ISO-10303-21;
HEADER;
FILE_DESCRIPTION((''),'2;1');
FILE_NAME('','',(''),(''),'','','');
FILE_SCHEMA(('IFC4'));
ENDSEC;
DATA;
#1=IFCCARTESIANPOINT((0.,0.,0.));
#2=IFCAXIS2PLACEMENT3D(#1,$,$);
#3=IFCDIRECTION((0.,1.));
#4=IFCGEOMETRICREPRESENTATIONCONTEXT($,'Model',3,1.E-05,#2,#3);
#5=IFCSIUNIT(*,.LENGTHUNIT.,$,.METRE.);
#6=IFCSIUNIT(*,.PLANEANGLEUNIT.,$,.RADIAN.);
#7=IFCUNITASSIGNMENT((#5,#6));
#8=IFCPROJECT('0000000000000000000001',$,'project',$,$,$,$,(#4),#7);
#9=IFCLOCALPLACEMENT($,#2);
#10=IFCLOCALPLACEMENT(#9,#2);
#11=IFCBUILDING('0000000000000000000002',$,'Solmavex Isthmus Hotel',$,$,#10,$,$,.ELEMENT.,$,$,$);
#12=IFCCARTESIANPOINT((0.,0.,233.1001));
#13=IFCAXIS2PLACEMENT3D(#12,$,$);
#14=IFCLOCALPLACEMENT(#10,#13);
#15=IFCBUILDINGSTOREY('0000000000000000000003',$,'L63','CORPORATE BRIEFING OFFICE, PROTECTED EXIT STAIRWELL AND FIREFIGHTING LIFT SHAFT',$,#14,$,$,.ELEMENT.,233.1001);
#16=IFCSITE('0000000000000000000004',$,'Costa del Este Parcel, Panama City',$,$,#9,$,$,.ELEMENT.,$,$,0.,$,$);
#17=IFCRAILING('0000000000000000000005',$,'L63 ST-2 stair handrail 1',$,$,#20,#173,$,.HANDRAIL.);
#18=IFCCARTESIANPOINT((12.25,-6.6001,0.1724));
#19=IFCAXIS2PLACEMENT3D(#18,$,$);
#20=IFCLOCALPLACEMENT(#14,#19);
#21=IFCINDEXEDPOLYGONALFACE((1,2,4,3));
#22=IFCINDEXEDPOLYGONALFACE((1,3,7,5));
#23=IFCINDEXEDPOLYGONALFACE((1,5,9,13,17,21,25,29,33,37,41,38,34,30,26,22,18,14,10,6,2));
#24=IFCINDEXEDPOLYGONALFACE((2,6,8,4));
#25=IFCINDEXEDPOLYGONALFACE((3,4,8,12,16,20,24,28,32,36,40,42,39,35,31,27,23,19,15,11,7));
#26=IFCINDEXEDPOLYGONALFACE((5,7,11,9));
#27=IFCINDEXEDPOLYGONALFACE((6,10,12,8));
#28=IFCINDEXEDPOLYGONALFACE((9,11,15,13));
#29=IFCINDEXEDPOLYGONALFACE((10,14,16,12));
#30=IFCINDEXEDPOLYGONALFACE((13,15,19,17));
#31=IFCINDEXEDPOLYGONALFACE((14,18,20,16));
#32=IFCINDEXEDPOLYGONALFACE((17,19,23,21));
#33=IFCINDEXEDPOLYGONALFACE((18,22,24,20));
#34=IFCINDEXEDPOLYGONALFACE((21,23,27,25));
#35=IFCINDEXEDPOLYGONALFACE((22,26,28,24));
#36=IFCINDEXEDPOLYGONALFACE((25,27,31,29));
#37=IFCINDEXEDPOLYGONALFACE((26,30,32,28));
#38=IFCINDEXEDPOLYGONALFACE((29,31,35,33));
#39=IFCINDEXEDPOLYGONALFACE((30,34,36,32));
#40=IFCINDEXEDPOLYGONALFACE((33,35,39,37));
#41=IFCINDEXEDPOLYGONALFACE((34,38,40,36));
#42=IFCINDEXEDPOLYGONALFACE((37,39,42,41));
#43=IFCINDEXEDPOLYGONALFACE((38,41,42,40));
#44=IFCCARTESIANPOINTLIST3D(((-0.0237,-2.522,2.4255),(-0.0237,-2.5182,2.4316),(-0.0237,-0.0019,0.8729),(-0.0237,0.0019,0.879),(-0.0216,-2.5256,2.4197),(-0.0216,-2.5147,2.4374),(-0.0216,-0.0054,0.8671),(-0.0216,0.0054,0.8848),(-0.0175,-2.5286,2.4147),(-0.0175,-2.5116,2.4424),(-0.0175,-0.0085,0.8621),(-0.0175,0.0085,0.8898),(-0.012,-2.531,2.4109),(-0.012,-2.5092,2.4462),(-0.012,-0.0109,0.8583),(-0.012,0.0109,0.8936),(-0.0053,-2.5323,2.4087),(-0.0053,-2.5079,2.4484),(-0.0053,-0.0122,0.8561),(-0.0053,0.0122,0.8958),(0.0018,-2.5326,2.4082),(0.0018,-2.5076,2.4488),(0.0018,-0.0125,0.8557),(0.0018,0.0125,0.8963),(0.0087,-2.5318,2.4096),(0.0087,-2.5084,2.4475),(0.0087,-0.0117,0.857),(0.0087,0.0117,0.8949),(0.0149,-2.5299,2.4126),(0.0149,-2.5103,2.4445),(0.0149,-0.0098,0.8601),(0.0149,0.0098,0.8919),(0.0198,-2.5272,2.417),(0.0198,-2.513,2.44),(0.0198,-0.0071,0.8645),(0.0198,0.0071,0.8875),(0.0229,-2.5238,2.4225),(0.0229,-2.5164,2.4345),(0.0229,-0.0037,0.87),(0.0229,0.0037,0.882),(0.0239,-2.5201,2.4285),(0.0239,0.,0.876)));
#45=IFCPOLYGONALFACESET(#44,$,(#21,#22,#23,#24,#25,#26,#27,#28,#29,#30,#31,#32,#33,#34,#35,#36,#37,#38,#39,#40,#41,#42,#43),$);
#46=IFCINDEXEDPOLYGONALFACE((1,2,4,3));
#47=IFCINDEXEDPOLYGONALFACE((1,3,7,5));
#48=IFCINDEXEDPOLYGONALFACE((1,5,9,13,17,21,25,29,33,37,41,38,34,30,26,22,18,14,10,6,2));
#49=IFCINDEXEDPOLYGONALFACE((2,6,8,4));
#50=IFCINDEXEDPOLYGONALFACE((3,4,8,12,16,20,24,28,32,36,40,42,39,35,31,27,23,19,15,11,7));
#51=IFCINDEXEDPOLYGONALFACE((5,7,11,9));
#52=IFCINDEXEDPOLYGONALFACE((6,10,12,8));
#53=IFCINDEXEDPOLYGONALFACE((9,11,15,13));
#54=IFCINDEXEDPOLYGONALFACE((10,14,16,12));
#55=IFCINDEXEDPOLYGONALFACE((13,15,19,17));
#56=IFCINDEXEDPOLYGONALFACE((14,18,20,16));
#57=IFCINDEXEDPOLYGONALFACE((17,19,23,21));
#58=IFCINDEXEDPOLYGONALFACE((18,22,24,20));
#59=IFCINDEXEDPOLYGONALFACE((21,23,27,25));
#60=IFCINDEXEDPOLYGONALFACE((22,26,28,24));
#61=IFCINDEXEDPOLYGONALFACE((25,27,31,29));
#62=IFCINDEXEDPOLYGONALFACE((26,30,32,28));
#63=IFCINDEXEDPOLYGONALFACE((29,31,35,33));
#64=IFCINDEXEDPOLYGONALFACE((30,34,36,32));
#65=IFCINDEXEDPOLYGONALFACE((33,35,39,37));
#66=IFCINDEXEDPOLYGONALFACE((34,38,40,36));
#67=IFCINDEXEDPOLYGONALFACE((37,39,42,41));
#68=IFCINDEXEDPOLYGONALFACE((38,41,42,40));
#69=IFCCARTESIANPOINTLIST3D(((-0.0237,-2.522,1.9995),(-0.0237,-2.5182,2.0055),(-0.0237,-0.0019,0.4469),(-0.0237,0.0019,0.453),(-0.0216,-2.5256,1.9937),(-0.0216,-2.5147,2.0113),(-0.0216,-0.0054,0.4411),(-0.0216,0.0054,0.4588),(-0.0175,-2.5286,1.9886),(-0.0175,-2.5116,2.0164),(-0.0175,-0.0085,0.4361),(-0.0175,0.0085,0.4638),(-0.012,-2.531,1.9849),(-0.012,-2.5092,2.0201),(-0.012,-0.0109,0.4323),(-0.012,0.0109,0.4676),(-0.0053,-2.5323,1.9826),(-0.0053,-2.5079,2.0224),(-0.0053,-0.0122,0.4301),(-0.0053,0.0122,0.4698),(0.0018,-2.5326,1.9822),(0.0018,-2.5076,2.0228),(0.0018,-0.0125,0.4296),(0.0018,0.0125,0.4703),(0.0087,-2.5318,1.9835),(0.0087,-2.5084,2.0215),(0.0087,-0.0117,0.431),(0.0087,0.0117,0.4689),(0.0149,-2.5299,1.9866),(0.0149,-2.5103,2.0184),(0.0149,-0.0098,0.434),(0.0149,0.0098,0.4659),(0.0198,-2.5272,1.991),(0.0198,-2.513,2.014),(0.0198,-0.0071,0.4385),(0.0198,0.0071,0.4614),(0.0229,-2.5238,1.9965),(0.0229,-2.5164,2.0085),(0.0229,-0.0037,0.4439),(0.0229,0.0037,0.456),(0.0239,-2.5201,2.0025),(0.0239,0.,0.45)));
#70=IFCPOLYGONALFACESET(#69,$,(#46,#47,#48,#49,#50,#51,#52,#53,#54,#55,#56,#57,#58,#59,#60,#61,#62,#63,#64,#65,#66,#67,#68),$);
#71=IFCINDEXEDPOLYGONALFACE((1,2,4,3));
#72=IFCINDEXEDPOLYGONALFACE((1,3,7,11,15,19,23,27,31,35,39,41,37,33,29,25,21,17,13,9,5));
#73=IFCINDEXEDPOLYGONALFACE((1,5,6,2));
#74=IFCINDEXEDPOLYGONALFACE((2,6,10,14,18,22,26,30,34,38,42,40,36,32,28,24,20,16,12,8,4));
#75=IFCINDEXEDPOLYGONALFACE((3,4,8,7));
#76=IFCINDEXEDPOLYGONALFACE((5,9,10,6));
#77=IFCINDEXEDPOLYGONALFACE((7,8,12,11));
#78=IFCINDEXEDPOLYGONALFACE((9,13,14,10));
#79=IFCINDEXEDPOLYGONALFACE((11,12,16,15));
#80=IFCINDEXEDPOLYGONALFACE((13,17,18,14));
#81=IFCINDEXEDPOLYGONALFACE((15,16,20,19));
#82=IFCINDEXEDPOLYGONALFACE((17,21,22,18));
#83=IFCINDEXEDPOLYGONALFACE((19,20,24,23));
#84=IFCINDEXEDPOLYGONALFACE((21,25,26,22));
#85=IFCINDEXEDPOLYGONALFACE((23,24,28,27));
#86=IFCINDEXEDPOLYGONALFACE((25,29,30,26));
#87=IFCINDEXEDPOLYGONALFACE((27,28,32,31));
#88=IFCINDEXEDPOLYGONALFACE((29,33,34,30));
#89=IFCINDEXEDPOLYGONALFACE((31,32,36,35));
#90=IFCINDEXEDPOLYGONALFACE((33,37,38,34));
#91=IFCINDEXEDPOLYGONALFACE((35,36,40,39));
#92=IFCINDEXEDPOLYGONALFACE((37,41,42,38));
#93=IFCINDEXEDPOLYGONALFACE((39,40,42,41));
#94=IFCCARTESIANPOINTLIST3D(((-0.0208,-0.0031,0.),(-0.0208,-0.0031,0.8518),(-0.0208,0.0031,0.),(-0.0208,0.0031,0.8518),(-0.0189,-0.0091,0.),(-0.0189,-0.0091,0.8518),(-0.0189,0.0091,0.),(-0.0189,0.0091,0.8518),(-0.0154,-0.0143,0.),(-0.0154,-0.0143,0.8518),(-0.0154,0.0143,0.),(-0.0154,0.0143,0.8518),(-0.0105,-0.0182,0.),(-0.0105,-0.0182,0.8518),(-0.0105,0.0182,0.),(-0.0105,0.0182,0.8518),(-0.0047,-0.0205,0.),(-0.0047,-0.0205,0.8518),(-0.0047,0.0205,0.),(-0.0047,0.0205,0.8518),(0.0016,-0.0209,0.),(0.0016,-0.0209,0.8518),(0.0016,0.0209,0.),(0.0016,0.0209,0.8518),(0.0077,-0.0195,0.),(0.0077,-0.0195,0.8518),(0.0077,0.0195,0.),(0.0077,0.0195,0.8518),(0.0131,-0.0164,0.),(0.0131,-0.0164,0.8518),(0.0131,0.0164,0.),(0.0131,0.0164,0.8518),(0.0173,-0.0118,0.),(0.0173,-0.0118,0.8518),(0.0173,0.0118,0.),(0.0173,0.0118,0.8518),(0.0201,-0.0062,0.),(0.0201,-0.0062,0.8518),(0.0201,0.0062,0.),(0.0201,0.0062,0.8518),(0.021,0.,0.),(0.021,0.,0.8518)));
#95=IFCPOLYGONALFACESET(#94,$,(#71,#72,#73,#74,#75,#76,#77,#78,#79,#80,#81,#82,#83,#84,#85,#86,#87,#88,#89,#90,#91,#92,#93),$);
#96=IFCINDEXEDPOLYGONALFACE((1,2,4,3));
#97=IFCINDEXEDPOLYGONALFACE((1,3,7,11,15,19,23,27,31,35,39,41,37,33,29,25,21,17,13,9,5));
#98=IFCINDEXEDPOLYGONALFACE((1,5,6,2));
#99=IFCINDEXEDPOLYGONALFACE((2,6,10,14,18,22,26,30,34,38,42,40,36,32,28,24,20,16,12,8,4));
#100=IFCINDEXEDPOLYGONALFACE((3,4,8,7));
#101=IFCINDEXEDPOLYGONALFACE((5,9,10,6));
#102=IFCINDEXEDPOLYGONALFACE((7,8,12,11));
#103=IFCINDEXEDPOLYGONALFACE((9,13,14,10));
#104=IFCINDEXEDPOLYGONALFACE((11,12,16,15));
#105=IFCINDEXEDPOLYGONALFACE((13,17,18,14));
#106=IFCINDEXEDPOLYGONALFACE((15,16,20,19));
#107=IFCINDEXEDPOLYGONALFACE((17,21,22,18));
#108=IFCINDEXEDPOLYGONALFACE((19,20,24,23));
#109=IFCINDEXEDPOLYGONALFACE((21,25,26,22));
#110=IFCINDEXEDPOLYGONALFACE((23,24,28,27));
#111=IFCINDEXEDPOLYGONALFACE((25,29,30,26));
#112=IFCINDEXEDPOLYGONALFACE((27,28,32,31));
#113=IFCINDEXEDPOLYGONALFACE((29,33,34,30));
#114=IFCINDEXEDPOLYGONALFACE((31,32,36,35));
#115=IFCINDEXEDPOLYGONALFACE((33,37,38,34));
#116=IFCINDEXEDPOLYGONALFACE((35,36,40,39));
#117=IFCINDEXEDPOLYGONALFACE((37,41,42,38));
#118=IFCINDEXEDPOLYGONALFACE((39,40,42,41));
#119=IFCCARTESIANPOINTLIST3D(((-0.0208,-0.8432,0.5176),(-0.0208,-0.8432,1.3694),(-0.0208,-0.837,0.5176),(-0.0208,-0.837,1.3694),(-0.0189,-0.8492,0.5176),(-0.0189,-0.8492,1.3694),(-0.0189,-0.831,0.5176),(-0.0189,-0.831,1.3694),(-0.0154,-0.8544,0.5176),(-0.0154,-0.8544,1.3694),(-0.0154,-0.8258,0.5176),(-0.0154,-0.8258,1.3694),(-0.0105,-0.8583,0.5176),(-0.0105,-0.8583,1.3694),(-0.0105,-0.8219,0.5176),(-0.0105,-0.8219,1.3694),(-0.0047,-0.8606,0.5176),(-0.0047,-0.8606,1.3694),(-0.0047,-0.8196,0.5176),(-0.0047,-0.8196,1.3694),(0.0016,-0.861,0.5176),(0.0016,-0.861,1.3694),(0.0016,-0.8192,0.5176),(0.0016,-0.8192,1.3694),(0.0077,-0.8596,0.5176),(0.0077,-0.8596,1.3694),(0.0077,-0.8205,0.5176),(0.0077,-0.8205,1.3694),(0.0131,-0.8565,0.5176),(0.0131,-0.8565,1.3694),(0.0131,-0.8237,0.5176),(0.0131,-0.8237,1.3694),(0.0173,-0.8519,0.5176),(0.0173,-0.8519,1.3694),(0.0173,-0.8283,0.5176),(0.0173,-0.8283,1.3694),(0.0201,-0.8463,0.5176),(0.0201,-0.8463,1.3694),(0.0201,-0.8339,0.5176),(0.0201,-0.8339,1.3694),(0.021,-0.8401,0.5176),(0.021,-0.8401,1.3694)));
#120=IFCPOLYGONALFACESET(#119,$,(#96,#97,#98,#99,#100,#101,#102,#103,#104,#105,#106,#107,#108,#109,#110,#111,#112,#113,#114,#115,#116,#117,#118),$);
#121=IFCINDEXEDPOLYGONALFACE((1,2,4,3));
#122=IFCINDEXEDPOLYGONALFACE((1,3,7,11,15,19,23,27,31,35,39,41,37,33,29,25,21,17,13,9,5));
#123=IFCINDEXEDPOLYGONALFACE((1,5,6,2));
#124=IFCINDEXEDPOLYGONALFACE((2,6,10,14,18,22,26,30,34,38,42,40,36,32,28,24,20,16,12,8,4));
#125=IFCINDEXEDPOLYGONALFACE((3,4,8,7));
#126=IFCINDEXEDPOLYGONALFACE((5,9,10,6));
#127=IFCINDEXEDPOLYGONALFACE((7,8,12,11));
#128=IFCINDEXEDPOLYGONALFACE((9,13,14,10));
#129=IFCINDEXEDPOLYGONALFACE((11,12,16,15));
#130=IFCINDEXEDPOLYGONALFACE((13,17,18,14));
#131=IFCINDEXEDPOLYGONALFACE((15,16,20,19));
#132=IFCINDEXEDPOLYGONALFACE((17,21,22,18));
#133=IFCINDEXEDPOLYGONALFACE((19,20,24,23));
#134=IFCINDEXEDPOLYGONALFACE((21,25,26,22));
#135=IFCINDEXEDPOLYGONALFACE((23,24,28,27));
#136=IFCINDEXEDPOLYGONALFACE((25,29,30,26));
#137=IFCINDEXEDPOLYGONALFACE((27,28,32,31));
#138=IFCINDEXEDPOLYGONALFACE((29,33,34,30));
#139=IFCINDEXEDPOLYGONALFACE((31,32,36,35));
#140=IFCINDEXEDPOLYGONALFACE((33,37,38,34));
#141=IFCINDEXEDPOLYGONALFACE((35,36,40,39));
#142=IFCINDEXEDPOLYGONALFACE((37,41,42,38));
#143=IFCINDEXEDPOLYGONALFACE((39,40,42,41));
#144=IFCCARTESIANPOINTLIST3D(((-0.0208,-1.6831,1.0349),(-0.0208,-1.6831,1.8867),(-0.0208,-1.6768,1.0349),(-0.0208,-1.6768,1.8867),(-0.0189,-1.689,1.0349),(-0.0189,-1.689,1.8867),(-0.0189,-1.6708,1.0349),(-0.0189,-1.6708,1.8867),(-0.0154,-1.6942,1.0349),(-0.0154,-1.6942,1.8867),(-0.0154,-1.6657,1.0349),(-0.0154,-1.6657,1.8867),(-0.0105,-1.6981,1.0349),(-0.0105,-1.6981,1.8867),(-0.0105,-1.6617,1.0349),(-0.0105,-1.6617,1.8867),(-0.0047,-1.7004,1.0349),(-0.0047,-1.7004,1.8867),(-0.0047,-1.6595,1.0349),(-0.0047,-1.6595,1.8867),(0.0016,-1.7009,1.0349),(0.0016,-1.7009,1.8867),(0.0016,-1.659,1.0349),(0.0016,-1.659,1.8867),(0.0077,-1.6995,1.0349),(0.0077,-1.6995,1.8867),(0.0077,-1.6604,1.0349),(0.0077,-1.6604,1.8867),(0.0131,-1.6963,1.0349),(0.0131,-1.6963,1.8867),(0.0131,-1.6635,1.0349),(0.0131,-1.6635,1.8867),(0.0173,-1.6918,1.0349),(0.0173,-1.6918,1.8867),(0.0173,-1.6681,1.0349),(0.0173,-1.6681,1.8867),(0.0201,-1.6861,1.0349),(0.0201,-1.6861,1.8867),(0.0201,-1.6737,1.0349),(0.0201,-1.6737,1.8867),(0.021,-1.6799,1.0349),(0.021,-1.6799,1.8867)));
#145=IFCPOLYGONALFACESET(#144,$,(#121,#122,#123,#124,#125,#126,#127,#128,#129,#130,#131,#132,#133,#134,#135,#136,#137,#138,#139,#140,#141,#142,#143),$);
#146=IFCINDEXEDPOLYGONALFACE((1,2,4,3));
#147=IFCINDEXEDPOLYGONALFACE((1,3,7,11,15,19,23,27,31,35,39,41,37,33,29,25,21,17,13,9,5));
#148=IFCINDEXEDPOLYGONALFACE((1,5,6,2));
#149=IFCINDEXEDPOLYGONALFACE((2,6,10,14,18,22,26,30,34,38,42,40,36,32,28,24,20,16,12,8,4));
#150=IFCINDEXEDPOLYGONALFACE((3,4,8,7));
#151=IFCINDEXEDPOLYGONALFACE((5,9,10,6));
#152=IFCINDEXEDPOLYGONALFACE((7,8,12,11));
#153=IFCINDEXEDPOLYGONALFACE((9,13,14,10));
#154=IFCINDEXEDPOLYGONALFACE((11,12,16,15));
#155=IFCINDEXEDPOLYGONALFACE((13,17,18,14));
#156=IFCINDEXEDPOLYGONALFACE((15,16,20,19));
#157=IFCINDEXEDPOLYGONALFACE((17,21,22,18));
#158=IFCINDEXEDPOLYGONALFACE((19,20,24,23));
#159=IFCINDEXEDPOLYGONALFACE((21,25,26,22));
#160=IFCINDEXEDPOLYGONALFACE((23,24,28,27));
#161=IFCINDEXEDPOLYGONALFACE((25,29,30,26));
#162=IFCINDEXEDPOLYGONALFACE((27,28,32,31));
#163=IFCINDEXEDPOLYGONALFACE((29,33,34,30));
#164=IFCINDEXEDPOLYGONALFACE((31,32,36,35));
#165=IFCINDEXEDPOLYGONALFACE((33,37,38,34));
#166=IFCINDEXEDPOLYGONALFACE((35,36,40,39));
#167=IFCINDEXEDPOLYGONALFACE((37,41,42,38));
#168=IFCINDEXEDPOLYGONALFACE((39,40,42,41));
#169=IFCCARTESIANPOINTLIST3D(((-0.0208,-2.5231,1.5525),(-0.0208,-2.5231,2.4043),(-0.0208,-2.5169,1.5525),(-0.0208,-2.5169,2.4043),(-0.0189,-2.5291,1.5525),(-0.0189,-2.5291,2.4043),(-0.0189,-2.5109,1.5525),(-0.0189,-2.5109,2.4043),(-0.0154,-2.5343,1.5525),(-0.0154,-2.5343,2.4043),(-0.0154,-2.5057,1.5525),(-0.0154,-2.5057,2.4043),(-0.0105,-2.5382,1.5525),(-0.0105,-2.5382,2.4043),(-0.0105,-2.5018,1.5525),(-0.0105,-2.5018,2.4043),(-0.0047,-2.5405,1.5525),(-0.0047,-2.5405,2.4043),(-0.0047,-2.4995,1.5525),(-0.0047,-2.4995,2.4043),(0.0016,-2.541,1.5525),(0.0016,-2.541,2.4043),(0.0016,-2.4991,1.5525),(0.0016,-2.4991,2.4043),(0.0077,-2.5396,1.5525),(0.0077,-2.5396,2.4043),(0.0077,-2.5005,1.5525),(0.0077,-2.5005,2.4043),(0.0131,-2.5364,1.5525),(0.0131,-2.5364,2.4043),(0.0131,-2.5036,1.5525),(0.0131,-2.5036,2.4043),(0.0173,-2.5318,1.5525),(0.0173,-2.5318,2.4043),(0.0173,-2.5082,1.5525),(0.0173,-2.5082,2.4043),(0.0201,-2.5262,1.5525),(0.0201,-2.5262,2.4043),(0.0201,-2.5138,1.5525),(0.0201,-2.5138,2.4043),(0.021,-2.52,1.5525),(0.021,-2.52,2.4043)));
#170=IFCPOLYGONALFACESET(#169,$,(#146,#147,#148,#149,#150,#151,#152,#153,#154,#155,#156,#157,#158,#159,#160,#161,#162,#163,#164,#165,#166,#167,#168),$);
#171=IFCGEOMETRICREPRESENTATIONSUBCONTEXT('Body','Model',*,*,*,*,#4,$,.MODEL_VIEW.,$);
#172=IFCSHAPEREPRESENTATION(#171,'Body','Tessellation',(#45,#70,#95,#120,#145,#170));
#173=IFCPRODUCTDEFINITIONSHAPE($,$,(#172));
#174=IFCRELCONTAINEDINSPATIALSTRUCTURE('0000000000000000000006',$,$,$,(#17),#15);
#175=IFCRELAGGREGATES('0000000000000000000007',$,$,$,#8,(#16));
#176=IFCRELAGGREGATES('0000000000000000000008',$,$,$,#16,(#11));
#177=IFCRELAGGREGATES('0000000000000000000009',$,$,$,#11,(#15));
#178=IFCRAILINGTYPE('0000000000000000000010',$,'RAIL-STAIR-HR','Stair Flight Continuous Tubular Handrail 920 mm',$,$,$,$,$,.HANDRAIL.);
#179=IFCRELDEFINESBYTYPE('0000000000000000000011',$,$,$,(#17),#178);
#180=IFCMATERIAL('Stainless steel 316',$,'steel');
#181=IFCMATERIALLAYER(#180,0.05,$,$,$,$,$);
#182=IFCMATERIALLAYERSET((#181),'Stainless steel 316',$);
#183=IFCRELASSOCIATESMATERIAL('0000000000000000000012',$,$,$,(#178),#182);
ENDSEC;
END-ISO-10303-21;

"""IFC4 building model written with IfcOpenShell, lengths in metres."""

from ifc_helpers import new_model, si_unit, direction, frame, origin, origin_2d, place, context, subcontext, project, spatial, circle, extrude, material, layer, layer_set, type_object, element, save


model = new_model("IFC4")

# Units and contexts
model_context = context("Model", 3, precision=1e-05, world=origin(), true_north=direction((0.0, 1.0)))
body_context = subcontext(model_context, "Body", "Model", "MODEL_VIEW")
ifc_project = project(units=[si_unit("LENGTHUNIT", "METRE"), si_unit("PLANEANGLEUNIT", "RADIAN")], contexts=[model_context])

# Site, building, storey
site_placement = place(None, origin())
site = spatial("IfcSite", under=ifc_project, at=site_placement, Name="Costa del Este Parcel, Panama City", CompositionType="ELEMENT", RefElevation=0.0)
building_placement = place(site_placement, origin())
building = spatial("IfcBuilding", under=site, at=building_placement, Name="Solmavex Isthmus Hotel", CompositionType="ELEMENT")
storey_placement = place(building_placement, frame((0.0, 0.0, 233.1001)))
storey = spatial("IfcBuildingStorey", under=building, at=storey_placement, Name="L63", Description="CORPORATE BRIEFING OFFICE, PROTECTED EXIT STAIRWELL AND FIREFIGHTING LIFT SHAFT", CompositionType="ELEMENT", Elevation=233.1001)

# Shared definitions
ifc_material_1 = material(Name="Stainless steel 316", Category="steel")

# Railing
ifc_layer_1 = layer(ifc_material_1, 0.05)
ifc_layer_set_1 = layer_set([ifc_layer_1], Name="Stainless steel 316")
railing_type_1 = type_object("IfcRailingType", Name="RAIL-STAIR-HR", Description="Stair Flight Continuous Tubular Handrail 920 mm", PredefinedType="HANDRAIL", material=ifc_layer_set_1)
railing_1_placement = place(storey_placement, frame((12.25, -6.6001, 0.1724)))
element("IfcRailing", 1, at=railing_1_placement, inside=storey, type_object=railing_type_1, Name="L63 ST-2 stair handrail 1", PredefinedType="HANDRAIL", context=body_context, shape_type="SweptSolid", body=[
    extrude(circle(Radius=0.0239, at=origin_2d()), frame((0.0, 0.0, 0.876), z_axis=(0.0, -0.8514, 0.524516), x_axis=(1.0, 0.0, 0.0)), (0.0, 0.0, 1.0), 2.96),
    extrude(circle(Radius=0.0239, at=origin_2d()), frame((0.0, 0.0, 0.45), z_axis=(0.0, -0.8514, 0.524516), x_axis=(1.0, 0.0, 0.0)), (0.0, 0.0, 1.0), 2.96),
    extrude(circle(Radius=0.021, at=origin_2d()), origin(), (0.0, 0.0, 1.0), 0.8518),
    extrude(circle(Radius=0.021, at=origin_2d()), frame((0.0, -0.8401, 0.5176)), (0.0, 0.0, 1.0), 0.8518),
    extrude(circle(Radius=0.021, at=origin_2d()), frame((0.0, -1.6799, 1.0349)), (0.0, 0.0, 1.0), 0.8518),
    extrude(circle(Radius=0.021, at=origin_2d()), frame((0.0, -2.52, 1.5525)), (0.0, 0.0, 1.0), 0.8518),
])

save(model, "model.ifc")
